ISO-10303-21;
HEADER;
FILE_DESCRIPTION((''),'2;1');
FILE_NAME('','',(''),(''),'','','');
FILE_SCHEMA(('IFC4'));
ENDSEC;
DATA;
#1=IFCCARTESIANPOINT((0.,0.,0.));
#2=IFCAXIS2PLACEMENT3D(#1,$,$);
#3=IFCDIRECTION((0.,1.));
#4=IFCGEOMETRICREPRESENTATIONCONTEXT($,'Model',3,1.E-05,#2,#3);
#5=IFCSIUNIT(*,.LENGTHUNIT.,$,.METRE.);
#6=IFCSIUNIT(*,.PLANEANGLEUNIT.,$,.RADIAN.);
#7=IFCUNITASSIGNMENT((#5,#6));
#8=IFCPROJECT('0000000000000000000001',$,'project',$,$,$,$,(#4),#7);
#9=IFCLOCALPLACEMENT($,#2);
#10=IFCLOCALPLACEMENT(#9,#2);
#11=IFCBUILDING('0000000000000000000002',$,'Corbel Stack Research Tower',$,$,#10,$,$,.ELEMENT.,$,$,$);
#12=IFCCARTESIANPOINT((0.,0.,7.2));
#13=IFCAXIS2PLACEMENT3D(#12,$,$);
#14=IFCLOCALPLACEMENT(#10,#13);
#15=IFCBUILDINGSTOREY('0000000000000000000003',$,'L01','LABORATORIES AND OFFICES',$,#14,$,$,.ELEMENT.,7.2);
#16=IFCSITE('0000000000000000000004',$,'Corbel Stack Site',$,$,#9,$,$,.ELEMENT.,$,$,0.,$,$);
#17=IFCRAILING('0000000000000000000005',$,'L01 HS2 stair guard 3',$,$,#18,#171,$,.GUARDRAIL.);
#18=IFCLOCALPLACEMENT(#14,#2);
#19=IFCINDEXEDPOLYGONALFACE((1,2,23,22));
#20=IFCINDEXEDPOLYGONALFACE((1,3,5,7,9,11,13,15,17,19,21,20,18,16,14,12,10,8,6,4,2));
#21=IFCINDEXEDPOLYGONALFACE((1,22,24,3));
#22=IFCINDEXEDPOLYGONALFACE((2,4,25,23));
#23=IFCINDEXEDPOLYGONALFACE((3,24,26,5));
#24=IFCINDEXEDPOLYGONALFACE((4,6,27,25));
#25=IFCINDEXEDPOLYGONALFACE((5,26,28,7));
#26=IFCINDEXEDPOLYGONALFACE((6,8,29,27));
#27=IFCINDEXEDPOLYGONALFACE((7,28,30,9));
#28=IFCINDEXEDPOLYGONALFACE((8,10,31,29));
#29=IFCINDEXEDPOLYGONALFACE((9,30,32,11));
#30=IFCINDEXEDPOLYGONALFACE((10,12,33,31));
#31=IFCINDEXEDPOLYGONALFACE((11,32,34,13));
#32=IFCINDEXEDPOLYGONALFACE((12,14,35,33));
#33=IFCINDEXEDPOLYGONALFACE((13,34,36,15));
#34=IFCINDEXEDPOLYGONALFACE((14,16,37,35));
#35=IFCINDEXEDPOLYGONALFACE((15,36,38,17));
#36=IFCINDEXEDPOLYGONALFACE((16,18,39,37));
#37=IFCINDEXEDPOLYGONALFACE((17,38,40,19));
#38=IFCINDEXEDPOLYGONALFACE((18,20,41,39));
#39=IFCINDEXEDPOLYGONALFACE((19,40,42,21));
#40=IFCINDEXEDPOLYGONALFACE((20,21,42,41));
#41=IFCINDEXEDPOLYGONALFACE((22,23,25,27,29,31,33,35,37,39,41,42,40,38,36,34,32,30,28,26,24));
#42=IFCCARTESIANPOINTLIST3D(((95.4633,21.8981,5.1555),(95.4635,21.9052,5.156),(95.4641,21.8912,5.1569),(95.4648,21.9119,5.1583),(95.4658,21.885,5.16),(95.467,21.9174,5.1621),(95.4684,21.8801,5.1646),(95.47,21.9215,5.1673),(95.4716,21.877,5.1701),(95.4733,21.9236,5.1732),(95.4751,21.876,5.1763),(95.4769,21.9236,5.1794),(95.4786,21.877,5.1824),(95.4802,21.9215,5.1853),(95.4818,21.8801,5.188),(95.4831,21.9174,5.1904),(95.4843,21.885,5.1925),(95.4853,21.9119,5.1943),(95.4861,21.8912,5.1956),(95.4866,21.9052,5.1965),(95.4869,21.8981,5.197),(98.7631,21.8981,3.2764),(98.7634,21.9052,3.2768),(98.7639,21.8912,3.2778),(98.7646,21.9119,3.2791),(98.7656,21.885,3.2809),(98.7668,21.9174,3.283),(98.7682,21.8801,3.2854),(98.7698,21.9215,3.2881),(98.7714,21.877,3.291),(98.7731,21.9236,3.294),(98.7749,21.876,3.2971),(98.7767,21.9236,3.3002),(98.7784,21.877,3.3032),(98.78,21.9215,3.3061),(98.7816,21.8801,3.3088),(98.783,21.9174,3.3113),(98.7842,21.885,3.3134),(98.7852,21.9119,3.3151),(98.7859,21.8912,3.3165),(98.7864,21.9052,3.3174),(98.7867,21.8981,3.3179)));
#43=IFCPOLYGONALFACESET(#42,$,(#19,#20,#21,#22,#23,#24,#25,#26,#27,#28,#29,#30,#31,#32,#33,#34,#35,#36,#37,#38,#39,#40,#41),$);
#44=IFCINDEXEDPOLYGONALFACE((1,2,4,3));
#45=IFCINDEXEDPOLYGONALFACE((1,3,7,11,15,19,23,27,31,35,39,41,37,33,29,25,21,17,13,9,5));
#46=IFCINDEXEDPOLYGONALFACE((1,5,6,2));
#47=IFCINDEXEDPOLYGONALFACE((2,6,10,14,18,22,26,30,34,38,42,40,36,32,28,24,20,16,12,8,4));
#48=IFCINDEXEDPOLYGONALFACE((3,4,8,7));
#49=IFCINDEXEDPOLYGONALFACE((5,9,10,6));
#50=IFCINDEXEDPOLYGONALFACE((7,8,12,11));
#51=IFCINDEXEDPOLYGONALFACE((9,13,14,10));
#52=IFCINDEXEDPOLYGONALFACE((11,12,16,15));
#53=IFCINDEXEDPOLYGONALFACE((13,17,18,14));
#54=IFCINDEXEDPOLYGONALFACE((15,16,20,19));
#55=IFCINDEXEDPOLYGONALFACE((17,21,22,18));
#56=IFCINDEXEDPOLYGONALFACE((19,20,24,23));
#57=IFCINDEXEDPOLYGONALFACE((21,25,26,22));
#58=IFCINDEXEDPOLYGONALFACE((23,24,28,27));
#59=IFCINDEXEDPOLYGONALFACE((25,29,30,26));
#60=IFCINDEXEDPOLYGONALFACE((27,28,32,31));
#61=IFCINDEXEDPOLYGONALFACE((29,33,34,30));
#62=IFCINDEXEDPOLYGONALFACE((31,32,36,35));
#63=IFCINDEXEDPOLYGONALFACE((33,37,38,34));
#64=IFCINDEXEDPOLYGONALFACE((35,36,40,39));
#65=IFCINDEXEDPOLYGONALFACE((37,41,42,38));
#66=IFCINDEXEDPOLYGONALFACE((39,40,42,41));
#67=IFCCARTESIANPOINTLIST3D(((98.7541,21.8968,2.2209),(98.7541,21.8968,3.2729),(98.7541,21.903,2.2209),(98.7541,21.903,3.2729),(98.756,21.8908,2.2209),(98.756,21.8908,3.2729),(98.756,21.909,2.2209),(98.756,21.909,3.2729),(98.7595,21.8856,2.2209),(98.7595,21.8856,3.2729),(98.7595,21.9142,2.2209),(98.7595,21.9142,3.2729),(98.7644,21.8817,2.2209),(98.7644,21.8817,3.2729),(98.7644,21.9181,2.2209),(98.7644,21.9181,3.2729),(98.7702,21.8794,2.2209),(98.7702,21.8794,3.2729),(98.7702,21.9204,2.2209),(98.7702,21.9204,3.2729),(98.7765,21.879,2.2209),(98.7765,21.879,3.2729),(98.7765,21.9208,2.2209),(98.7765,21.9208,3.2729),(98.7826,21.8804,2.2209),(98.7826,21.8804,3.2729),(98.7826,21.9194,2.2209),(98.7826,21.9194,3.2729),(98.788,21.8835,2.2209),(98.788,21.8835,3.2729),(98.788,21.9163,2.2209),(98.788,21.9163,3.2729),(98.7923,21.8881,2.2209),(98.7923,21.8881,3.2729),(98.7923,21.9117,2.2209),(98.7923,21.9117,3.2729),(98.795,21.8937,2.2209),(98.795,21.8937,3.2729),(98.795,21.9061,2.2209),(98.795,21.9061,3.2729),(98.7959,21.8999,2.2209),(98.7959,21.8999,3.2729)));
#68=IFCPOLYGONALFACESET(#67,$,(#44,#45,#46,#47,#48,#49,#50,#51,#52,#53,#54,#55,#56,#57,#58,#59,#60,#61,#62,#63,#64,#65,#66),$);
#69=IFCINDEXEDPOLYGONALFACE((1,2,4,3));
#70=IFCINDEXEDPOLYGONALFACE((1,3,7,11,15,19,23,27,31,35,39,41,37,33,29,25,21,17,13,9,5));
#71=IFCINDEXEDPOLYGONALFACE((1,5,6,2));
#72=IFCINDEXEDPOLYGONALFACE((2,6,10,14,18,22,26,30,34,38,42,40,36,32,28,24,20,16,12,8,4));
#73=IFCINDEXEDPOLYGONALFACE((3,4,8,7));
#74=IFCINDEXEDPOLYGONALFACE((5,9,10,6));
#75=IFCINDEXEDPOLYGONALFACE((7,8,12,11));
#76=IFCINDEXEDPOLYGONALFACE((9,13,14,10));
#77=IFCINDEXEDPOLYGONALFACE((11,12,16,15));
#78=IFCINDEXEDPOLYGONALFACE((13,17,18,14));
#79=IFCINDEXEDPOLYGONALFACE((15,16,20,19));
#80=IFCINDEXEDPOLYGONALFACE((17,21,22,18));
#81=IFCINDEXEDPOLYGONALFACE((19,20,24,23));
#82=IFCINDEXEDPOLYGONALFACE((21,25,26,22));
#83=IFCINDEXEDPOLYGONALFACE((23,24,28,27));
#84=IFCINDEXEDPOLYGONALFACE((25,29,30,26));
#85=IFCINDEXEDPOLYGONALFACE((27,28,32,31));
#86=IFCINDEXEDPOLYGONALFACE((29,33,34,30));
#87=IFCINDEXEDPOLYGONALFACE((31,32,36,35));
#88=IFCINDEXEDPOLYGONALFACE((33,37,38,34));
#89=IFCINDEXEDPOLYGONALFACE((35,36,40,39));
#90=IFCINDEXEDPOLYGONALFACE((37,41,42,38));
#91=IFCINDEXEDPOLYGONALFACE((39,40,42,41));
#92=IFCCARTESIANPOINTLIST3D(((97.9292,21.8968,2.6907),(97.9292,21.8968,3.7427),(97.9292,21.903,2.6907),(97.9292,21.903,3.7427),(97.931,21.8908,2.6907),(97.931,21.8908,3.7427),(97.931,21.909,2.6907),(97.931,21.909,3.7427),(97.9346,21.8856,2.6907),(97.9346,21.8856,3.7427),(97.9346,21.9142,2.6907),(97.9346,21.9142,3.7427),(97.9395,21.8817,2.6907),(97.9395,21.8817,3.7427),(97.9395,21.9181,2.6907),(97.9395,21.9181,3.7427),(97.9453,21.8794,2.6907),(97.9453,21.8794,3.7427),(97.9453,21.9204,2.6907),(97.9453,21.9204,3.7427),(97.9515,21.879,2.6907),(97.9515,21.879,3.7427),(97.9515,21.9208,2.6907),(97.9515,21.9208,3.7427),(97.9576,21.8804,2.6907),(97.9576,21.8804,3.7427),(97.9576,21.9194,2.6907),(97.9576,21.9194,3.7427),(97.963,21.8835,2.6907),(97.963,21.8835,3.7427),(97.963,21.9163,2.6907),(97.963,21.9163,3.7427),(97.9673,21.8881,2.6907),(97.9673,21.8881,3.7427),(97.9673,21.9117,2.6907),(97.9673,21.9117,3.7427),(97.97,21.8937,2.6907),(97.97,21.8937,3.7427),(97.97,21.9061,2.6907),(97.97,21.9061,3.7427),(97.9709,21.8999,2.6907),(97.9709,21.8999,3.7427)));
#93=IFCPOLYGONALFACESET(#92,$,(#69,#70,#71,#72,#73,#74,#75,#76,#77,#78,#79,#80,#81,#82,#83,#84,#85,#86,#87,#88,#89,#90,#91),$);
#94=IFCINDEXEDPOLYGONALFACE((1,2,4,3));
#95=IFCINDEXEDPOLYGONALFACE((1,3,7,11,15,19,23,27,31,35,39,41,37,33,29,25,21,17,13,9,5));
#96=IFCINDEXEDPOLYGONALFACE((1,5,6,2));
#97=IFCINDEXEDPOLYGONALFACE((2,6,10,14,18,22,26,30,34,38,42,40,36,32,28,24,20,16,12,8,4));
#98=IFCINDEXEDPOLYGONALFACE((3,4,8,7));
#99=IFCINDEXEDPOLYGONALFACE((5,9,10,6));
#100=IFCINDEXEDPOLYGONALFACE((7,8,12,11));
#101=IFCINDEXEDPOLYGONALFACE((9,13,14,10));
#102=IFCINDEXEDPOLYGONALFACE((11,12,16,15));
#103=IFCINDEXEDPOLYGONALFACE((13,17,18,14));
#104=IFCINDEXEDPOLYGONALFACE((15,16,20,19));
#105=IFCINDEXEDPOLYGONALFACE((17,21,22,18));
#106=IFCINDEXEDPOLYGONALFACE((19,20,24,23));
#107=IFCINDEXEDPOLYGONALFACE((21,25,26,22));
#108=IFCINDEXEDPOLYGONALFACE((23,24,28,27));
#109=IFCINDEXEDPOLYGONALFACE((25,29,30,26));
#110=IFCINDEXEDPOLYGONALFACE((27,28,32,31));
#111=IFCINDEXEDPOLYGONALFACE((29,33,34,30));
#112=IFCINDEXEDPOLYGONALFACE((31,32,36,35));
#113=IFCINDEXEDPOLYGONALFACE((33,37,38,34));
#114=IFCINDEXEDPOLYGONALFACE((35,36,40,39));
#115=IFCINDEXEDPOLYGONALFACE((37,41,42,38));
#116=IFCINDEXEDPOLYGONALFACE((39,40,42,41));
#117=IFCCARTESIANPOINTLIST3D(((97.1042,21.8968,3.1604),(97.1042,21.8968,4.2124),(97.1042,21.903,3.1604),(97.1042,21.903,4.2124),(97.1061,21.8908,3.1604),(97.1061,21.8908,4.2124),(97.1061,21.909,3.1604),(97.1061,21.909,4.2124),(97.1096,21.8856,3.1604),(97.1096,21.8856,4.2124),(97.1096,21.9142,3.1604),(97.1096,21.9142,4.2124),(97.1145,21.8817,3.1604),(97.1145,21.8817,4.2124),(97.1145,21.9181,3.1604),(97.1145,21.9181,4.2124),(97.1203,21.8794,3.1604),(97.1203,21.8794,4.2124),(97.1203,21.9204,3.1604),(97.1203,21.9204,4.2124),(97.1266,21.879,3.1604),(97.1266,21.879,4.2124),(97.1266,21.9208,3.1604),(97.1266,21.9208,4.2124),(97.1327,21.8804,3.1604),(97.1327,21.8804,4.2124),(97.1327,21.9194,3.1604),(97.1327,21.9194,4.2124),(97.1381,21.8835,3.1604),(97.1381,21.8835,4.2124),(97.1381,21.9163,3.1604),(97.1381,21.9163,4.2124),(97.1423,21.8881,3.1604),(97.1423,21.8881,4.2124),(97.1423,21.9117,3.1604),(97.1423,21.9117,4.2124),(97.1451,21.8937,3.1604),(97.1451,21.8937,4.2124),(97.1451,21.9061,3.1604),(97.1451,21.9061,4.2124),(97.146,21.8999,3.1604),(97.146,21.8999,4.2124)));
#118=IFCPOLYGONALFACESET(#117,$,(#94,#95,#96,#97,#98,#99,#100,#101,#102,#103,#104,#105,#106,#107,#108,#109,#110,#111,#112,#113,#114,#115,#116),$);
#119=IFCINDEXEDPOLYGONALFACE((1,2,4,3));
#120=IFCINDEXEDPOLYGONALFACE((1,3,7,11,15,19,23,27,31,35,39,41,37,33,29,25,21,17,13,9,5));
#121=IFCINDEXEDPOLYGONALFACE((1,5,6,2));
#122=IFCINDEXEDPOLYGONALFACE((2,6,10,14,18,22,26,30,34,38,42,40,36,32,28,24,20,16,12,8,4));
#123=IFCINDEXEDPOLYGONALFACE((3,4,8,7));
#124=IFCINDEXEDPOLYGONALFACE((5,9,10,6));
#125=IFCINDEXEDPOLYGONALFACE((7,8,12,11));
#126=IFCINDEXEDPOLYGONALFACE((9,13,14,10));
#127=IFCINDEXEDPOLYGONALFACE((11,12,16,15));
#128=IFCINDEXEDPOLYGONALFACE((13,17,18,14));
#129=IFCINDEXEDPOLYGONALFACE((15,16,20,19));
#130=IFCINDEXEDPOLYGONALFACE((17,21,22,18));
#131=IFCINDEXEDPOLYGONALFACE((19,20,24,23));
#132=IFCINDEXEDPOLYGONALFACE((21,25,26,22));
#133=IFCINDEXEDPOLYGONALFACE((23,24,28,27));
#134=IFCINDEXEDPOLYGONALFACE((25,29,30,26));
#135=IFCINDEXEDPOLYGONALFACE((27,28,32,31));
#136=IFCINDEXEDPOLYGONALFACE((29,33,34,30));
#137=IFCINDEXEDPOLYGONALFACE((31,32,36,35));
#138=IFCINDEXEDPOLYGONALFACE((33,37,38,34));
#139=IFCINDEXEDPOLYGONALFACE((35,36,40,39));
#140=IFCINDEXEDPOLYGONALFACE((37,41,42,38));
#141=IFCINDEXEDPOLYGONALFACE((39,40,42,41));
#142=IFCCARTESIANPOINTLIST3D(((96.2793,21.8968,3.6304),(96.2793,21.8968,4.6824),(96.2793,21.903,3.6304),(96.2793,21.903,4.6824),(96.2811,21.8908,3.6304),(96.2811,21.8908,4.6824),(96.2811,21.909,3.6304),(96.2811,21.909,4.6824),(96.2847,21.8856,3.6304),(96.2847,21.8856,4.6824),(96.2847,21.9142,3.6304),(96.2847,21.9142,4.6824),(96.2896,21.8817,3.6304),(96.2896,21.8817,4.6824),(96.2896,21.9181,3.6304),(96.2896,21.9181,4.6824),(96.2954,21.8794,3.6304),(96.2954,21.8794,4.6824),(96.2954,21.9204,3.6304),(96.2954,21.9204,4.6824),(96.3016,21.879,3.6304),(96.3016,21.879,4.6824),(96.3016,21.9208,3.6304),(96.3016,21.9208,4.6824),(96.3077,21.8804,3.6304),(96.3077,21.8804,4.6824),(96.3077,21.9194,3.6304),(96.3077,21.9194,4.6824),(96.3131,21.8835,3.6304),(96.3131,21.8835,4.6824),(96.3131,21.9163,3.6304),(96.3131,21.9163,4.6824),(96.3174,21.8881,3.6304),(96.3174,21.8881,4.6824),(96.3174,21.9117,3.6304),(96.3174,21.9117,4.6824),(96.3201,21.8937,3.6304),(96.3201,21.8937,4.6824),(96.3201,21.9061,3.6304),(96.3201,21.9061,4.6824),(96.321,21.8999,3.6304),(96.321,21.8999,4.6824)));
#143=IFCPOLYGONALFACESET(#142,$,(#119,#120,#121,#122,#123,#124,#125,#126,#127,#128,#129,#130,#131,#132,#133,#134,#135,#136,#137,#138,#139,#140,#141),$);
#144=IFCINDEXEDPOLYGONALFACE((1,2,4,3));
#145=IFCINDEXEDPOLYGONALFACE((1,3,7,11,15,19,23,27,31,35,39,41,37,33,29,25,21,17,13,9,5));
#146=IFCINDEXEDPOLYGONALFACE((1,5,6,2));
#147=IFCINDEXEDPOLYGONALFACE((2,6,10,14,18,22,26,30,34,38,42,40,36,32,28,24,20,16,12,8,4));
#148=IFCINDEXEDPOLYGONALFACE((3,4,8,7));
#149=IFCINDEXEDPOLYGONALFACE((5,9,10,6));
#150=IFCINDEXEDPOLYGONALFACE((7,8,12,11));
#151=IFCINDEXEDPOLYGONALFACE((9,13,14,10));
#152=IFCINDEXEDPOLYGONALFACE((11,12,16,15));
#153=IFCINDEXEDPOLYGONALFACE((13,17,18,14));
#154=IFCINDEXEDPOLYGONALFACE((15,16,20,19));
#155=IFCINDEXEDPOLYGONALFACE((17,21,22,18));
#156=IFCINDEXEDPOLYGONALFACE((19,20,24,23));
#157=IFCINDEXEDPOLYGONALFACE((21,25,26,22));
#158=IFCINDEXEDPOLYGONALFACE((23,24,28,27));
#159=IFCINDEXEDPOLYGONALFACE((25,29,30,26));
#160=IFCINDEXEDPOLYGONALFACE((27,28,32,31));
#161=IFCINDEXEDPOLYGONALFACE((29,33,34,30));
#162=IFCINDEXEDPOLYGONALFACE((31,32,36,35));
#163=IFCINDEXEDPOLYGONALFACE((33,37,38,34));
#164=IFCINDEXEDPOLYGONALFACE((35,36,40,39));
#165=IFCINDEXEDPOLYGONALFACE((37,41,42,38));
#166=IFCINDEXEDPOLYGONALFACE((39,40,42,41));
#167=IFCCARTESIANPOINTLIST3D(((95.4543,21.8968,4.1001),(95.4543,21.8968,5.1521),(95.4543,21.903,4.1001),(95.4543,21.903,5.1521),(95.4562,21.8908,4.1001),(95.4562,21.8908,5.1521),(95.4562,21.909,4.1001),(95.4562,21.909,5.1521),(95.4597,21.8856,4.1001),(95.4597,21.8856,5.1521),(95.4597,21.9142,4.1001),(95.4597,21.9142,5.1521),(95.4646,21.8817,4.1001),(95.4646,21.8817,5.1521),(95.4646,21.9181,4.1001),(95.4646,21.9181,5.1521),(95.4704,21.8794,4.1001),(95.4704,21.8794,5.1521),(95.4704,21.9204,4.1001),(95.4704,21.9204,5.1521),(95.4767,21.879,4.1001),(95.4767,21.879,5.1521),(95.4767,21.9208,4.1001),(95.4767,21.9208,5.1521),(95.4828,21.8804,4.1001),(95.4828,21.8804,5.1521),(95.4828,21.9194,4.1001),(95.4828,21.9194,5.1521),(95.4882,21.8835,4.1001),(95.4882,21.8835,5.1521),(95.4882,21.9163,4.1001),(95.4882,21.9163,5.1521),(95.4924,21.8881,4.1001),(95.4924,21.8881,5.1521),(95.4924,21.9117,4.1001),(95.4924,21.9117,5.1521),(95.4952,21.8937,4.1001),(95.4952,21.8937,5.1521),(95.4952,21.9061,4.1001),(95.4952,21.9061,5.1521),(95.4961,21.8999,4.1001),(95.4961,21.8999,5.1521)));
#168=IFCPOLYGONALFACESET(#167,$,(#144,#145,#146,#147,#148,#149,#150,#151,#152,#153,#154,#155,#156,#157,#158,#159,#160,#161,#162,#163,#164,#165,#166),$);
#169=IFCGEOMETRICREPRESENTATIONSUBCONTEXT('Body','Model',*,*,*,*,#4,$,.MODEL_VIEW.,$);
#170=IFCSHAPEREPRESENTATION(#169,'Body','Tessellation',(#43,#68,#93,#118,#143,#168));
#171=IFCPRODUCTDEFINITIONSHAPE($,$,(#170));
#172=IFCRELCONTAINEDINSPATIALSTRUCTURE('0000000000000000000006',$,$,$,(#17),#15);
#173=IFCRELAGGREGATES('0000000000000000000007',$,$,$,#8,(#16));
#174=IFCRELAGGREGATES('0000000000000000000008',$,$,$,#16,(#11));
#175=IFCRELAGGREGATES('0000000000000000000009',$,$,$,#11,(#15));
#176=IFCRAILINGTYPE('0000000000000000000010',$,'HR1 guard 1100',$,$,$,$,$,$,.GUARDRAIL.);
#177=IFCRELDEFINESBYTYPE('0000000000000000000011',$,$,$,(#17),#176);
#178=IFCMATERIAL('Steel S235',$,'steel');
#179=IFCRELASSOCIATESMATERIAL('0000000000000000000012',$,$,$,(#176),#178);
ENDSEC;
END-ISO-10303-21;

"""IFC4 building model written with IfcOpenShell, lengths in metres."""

from ifc_helpers import new_model, si_unit, direction, frame, origin, origin_2d, place, context, subcontext, project, spatial, circle, extrude, material, type_object, element, save


model = new_model("IFC4")

# Units and contexts
model_context = context("Model", 3, precision=1e-05, world=origin(), true_north=direction((0.0, 1.0)))
body_context = subcontext(model_context, "Body", "Model", "MODEL_VIEW")
ifc_project = project(units=[si_unit("LENGTHUNIT", "METRE"), si_unit("PLANEANGLEUNIT", "RADIAN")], contexts=[model_context])

# Site, building, storey
site_placement = place(None, origin())
site = spatial("IfcSite", under=ifc_project, at=site_placement, Name="Corbel Stack Site", CompositionType="ELEMENT", RefElevation=0.0)
building_placement = place(site_placement, origin())
building = spatial("IfcBuilding", under=site, at=building_placement, Name="Corbel Stack Research Tower", CompositionType="ELEMENT")
storey_placement = place(building_placement, frame((0.0, 0.0, 7.2)))
storey = spatial("IfcBuildingStorey", under=building, at=storey_placement, Name="L01", Description="LABORATORIES AND OFFICES", CompositionType="ELEMENT", Elevation=7.2)

# Railing
ifc_material_1 = material(Name="Steel S235", Category="steel")
railing_type_1 = type_object("IfcRailingType", Name="HR1 guard 1100", PredefinedType="GUARDRAIL", material=ifc_material_1)
railing_1_placement = place(storey_placement, frame((98.7749, 21.8999, 2.2209)))
element("IfcRailing", 1, at=railing_1_placement, inside=storey, type_object=railing_type_1, Name="L01 HS2 stair guard 3", PredefinedType="GUARDRAIL", context=body_context, shape_type="SweptSolid", body=[
    extrude(circle(Radius=0.0239, at=origin_2d()), frame((0.0, 0.0, 1.0762), z_axis=(-0.868974, 0.0, 0.494857), x_axis=(0.0, -1.0, 0.0)), (0.0, 0.0, 1.0), 3.7974),
    extrude(circle(Radius=0.021, at=origin_2d()), origin(), (0.0, 0.0, 1.0), 1.052),
    extrude(circle(Radius=0.021, at=origin_2d()), frame((-0.825, 0.0, 0.4697)), (0.0, 0.0, 1.0), 1.052),
    extrude(circle(Radius=0.021, at=origin_2d()), frame((-1.6499, 0.0, 0.9395)), (0.0, 0.0, 1.0), 1.052),
    extrude(circle(Radius=0.021, at=origin_2d()), frame((-2.4749, 0.0, 1.4094)), (0.0, 0.0, 1.0), 1.052),
    extrude(circle(Radius=0.021, at=origin_2d()), frame((-3.2998, 0.0, 1.8792)), (0.0, 0.0, 1.0), 1.052),
])

save(model, "model.ifc")
